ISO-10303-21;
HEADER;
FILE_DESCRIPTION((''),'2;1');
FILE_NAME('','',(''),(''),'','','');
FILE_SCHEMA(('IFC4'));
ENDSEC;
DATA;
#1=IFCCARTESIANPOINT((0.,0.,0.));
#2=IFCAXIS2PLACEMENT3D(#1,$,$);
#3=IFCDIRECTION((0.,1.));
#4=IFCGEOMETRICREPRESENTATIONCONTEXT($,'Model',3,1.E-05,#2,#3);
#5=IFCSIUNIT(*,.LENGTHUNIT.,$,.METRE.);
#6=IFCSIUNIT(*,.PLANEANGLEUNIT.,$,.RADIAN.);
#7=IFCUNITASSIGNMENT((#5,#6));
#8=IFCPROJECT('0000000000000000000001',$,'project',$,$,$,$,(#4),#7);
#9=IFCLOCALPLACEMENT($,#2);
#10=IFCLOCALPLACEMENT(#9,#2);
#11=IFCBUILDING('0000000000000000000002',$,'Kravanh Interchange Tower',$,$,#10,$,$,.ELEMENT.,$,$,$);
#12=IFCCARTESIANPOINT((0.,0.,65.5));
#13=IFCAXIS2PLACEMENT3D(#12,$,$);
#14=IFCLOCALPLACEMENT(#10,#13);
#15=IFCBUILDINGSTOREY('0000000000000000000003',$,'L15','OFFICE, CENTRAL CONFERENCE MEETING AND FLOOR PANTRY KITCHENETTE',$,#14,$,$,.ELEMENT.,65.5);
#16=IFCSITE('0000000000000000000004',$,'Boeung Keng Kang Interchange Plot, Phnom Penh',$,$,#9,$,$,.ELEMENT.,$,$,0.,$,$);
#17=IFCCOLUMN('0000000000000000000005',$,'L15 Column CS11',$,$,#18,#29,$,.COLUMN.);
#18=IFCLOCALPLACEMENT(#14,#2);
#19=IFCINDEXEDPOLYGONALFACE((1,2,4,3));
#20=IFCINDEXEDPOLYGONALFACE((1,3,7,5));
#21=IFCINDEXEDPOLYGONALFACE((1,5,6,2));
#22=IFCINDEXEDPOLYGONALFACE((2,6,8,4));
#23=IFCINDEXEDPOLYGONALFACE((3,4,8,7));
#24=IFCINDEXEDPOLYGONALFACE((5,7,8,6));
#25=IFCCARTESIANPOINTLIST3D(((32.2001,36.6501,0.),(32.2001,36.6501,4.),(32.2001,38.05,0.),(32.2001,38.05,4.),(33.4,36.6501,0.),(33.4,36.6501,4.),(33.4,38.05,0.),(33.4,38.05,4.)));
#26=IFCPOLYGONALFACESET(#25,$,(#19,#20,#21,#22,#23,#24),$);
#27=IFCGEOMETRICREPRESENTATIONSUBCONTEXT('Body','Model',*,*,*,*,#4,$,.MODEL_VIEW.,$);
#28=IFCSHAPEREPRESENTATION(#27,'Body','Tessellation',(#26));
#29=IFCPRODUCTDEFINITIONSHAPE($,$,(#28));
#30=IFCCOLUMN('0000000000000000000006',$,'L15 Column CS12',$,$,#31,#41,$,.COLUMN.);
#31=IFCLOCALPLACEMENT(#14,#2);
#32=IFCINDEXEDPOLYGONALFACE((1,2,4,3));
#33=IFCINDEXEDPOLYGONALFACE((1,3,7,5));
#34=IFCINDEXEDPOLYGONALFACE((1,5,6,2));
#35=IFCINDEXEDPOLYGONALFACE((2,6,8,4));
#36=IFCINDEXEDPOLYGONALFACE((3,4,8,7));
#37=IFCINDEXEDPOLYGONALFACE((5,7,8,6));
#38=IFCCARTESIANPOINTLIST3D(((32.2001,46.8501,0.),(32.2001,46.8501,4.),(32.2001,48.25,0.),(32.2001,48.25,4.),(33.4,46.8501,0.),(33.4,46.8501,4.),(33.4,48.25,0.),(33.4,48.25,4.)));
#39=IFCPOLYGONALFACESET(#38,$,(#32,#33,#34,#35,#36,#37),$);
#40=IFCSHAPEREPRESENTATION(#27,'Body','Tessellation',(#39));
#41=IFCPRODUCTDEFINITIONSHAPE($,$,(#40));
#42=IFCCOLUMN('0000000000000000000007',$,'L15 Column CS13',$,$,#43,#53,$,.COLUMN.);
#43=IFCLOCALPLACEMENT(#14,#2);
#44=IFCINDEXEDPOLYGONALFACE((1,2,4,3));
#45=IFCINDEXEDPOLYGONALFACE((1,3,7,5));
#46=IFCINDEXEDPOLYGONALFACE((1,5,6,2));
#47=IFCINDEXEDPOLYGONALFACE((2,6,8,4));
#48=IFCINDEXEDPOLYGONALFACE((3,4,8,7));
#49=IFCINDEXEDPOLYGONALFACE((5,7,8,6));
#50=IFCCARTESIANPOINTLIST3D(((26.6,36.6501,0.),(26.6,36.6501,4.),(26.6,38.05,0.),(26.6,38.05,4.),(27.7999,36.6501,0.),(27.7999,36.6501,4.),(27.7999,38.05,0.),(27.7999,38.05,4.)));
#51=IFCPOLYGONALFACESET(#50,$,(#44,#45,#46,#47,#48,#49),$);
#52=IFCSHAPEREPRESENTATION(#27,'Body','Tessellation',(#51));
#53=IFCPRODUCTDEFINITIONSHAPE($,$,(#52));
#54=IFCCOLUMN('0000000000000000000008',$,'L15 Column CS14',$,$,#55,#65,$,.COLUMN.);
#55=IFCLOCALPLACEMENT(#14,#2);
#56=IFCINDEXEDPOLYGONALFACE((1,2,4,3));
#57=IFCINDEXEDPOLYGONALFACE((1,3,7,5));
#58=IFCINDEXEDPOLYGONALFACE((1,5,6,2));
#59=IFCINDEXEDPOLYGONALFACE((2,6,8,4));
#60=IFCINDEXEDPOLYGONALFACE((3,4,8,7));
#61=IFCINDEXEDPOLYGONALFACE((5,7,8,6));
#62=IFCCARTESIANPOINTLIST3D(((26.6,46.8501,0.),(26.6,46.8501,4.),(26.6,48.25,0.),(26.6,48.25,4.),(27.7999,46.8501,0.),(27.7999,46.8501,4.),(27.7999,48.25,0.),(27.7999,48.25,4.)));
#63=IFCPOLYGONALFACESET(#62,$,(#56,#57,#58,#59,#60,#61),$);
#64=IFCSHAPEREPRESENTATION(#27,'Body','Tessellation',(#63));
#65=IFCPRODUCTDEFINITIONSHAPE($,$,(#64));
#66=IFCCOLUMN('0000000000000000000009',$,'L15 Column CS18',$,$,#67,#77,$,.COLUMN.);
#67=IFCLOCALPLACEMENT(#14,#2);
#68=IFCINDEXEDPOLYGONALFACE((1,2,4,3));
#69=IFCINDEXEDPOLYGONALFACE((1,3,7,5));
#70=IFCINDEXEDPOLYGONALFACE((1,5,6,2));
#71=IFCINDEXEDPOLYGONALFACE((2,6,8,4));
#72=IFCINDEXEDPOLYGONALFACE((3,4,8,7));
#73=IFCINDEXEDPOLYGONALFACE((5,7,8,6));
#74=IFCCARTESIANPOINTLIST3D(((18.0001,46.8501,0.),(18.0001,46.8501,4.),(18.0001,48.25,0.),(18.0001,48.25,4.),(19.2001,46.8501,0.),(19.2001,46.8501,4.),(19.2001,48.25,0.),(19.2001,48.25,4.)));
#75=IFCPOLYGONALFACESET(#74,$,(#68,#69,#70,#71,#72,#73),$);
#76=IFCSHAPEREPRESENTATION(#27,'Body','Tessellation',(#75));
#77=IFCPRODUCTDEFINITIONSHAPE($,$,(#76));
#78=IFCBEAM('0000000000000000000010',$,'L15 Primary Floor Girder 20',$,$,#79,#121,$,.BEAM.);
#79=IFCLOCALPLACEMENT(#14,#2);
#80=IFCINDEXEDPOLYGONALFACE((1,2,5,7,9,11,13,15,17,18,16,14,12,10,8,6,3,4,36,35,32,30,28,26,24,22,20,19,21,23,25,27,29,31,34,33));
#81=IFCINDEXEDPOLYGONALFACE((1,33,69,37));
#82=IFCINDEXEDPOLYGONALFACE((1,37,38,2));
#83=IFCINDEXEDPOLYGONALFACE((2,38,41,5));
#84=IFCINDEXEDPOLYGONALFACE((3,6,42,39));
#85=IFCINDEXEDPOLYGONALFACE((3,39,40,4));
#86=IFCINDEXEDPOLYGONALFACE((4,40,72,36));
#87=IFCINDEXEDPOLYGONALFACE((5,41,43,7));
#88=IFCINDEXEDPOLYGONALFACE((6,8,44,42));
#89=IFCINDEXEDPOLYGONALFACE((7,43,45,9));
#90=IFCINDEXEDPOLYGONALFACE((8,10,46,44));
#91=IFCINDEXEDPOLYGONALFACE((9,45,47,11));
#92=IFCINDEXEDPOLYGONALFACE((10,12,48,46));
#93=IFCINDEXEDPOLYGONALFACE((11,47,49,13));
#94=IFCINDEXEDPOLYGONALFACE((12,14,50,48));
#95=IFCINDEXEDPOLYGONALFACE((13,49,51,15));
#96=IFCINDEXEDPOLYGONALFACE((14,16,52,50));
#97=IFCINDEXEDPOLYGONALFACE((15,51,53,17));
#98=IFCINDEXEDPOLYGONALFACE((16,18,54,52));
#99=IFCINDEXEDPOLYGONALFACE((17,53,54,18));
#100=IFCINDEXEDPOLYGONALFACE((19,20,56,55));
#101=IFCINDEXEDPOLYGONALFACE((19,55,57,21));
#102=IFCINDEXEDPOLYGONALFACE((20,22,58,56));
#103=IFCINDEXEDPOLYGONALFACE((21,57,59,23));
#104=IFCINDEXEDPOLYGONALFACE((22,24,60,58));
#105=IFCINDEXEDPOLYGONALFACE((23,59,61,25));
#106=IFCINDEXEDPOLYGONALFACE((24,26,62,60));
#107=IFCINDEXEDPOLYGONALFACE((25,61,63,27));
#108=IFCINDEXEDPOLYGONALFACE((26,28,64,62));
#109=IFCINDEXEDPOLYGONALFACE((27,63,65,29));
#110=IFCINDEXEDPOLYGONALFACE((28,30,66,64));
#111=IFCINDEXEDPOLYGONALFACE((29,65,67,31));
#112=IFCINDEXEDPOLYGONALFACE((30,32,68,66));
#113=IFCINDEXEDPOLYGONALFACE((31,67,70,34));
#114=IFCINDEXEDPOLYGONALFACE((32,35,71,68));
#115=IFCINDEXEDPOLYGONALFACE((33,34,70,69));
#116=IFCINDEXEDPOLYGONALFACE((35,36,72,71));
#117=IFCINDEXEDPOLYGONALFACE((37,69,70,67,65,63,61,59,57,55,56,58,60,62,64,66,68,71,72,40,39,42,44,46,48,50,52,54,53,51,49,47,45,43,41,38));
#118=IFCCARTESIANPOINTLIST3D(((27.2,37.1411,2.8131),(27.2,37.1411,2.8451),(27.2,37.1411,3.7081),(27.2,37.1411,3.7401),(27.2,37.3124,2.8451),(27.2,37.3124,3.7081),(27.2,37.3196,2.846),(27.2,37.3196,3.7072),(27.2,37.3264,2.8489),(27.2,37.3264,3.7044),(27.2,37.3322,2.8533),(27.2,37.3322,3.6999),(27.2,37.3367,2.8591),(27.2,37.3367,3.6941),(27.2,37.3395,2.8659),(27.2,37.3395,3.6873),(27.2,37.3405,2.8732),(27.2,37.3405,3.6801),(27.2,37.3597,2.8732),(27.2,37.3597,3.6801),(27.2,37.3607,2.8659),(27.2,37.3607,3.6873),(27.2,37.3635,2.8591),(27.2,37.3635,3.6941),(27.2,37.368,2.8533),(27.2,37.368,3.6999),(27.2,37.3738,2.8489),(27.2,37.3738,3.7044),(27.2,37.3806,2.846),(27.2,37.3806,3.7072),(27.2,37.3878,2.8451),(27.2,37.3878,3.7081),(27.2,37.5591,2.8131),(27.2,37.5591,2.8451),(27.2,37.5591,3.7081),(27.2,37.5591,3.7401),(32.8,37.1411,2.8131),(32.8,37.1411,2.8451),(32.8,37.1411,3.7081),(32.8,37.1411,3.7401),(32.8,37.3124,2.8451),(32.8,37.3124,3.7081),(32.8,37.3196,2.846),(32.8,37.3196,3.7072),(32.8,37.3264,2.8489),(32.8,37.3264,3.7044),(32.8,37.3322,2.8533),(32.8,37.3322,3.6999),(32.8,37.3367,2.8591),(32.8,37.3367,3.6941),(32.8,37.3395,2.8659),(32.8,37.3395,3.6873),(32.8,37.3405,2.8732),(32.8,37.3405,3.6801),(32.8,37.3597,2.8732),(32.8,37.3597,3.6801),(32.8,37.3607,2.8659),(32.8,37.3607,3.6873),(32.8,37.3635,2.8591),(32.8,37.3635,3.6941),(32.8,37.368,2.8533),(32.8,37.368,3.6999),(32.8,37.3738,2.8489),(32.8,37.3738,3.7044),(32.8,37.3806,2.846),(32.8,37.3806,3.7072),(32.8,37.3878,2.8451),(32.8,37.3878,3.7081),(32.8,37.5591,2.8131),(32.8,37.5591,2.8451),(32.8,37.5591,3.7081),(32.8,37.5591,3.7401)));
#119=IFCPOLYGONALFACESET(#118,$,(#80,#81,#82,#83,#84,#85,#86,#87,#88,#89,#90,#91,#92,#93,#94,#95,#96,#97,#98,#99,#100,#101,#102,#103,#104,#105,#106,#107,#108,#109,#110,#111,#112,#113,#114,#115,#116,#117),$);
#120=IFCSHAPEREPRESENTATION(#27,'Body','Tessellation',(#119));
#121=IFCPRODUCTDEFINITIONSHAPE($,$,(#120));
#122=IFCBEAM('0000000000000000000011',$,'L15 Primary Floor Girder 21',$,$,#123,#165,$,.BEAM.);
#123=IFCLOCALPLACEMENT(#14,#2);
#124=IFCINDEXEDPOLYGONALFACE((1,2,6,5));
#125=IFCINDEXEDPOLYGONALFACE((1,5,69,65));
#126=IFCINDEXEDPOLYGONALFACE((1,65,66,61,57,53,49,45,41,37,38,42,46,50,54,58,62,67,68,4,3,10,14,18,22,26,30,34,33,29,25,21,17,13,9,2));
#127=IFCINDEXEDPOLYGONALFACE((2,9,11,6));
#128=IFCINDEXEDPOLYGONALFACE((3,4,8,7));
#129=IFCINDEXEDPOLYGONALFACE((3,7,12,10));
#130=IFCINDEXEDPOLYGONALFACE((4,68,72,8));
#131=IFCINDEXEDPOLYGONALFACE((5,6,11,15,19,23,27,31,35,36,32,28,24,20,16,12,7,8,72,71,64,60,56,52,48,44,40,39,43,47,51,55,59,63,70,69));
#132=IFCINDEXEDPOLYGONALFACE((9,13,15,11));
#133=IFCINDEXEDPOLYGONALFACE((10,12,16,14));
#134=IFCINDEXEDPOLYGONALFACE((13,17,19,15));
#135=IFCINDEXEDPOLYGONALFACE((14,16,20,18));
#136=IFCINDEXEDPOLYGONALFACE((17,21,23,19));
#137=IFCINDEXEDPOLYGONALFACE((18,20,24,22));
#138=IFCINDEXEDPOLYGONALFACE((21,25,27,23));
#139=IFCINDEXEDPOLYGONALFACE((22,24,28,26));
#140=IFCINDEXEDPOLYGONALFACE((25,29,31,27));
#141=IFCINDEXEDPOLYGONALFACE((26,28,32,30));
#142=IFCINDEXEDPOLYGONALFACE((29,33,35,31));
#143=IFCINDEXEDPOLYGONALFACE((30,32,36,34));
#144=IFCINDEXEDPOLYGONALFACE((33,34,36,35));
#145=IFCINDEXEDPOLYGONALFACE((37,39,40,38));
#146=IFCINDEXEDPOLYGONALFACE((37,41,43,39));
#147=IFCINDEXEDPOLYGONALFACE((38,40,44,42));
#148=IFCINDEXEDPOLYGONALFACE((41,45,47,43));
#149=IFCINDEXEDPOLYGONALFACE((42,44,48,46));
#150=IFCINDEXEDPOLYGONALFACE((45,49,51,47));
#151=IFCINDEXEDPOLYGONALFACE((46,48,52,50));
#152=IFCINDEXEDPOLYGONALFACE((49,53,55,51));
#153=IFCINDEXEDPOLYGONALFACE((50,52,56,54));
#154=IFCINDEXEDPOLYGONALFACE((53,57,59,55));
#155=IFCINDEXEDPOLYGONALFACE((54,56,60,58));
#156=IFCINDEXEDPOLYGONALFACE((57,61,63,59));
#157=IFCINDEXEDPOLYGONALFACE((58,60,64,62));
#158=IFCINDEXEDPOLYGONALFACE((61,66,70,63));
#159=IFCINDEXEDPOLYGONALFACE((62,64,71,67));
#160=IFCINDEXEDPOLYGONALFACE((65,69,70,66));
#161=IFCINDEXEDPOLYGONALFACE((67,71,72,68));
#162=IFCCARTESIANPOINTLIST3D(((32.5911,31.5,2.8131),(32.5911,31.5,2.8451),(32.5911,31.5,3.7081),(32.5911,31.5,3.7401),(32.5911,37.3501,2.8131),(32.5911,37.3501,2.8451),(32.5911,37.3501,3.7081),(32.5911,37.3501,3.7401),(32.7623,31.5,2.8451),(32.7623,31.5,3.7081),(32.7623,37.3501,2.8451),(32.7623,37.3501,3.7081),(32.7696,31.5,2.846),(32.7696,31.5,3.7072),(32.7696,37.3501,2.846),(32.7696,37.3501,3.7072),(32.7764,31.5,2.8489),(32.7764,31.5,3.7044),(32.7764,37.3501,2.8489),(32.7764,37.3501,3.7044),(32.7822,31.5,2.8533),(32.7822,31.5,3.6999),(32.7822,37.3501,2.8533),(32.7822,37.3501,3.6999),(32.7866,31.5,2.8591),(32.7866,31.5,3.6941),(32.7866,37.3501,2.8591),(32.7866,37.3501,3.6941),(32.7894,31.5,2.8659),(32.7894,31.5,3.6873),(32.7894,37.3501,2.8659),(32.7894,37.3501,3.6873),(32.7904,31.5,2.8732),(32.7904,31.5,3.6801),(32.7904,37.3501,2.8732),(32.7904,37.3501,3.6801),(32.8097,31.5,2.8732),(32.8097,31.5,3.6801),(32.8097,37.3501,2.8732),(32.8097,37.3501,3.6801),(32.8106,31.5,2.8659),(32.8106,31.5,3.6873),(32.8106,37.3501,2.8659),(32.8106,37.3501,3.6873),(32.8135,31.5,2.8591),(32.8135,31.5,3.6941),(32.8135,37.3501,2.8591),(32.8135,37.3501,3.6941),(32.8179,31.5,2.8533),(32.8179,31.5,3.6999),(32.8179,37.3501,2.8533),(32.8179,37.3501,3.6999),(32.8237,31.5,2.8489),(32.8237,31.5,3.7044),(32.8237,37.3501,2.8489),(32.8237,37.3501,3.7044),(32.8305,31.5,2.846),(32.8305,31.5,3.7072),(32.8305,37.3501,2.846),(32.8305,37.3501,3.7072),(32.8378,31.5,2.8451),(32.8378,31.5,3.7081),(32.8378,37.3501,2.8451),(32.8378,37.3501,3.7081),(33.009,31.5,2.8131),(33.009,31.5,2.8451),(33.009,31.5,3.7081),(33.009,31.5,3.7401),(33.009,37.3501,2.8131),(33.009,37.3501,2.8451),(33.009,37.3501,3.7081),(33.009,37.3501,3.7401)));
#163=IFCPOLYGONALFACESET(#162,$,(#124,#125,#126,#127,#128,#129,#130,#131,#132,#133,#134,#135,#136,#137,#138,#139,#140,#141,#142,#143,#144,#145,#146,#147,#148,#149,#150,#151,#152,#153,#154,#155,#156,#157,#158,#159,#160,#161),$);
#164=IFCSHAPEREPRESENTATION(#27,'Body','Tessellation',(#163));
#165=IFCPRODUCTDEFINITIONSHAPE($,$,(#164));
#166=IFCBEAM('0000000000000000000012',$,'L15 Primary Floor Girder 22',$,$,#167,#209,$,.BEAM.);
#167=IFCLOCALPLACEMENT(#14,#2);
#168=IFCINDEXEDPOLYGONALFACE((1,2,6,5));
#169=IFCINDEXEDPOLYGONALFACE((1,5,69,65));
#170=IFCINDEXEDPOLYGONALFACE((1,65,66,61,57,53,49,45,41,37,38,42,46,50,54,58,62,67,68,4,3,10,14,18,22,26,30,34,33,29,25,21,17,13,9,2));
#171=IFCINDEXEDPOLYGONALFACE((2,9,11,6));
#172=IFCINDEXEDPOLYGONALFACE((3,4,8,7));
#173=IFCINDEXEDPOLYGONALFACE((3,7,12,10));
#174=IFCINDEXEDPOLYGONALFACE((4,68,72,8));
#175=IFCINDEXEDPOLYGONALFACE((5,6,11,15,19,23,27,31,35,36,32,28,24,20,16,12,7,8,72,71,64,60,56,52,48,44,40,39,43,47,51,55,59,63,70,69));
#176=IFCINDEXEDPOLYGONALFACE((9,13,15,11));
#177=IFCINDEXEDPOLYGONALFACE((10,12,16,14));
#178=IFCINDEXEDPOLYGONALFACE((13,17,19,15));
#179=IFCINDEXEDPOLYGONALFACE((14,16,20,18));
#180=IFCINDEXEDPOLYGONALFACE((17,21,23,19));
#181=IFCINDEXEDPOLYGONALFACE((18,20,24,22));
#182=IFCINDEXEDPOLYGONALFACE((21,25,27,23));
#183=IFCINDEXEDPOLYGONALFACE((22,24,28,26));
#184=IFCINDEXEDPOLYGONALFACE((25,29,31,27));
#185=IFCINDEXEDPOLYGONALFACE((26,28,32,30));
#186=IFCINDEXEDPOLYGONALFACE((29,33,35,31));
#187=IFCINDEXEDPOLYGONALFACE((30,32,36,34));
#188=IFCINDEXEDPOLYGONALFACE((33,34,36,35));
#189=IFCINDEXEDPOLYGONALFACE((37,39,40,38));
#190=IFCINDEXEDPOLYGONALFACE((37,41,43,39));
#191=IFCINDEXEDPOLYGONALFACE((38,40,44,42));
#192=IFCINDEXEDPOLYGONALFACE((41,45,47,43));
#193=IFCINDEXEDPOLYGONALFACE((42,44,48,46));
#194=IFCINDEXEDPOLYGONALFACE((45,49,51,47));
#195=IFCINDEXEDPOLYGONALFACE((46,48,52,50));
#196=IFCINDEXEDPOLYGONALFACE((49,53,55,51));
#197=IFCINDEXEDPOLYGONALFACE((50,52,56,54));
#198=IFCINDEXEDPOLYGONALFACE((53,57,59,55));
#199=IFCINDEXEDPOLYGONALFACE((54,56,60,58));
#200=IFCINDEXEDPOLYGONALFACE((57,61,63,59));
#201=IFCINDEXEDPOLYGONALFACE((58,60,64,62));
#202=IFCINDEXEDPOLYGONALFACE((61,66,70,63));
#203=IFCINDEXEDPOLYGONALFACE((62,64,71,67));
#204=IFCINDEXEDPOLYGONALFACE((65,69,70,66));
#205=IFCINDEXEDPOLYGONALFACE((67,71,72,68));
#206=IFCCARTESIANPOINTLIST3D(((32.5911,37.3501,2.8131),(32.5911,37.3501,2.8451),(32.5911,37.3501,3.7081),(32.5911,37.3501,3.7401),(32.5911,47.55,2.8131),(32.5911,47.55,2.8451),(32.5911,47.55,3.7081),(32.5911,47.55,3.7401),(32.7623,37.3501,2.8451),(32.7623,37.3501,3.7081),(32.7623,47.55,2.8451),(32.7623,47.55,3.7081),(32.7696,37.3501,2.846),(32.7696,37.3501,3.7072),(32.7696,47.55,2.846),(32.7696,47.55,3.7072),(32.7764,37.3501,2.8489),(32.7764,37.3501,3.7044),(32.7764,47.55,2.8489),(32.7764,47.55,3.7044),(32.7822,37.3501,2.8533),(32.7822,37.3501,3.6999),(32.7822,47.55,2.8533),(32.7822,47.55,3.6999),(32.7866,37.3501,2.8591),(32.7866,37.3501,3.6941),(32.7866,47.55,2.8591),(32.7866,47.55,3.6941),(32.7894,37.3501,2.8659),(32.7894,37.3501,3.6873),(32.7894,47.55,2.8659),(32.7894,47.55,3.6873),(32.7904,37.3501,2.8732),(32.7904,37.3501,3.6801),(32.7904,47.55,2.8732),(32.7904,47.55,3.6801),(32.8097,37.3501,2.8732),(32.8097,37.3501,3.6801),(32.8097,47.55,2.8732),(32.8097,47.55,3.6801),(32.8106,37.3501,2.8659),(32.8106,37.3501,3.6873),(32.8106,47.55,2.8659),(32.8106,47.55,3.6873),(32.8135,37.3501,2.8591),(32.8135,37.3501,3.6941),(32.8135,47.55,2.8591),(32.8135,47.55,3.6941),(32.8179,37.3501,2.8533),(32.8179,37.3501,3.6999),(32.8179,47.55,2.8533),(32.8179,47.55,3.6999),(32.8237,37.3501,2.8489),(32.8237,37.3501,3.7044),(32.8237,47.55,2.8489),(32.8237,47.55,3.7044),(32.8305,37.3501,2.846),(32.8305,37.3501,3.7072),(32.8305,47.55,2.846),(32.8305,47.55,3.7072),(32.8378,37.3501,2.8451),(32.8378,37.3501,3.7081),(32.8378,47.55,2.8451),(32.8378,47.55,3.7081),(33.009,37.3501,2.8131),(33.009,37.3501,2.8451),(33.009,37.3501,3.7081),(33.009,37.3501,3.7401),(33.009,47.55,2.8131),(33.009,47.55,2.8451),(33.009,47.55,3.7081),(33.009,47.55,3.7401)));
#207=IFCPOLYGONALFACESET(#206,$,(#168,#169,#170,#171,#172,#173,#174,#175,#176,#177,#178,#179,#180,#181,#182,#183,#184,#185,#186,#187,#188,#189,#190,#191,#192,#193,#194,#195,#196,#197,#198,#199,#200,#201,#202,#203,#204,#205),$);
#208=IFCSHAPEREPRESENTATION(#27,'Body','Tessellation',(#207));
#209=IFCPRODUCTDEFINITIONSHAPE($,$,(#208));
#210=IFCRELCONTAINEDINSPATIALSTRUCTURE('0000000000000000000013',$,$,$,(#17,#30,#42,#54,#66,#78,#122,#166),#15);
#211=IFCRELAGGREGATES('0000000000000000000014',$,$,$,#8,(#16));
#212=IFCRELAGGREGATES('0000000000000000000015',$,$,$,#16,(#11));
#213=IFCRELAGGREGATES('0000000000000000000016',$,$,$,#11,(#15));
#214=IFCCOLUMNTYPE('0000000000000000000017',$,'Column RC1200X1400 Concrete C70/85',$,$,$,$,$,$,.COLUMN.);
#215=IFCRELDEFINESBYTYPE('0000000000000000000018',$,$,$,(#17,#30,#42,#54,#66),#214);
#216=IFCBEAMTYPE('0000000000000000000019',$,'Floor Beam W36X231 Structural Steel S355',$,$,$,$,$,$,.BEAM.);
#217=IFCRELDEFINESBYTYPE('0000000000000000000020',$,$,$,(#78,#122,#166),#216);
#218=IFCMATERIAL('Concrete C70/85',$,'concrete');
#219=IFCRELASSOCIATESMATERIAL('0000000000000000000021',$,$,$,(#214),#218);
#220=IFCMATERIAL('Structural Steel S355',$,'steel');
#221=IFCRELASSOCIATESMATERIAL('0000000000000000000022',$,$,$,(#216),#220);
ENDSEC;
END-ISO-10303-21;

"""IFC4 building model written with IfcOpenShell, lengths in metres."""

from ifc_helpers import new_model, si_unit, direction, frame, origin, origin_2d, place, context, subcontext, project, spatial, rectangle, i_section, extrude, material, material_profile, profile_set, type_object, element, save


model = new_model("IFC4")

# Units and contexts
model_context = context("Model", 3, precision=1e-05, world=origin(), true_north=direction((0.0, 1.0)))
body_context = subcontext(model_context, "Body", "Model", "MODEL_VIEW")
ifc_project = project(units=[si_unit("LENGTHUNIT", "METRE"), si_unit("PLANEANGLEUNIT", "RADIAN")], contexts=[model_context])

# Site, building, storey
site_placement = place(None, origin())
site = spatial("IfcSite", under=ifc_project, at=site_placement, Name="Boeung Keng Kang Interchange Plot, Phnom Penh", CompositionType="ELEMENT", RefElevation=0.0)
building_placement = place(site_placement, origin())
building = spatial("IfcBuilding", under=site, at=building_placement, Name="Kravanh Interchange Tower", CompositionType="ELEMENT")
storey_placement = place(building_placement, frame((0.0, 0.0, 65.5)))
storey = spatial("IfcBuildingStorey", under=building, at=storey_placement, Name="L15", Description="OFFICE, CENTRAL CONFERENCE MEETING AND FLOOR PANTRY KITCHENETTE", CompositionType="ELEMENT", Elevation=65.5)

# Columns
ifc_material_1 = material(Name="Concrete C70/85", Category="concrete")
ifc_material_profile_1 = material_profile(ifc_material_1, rectangle(XDim=1.2, YDim=1.3999, at=origin_2d()), Name="RC1200X1400")
ifc_profile_set_1 = profile_set([ifc_material_profile_1], Name="Concrete C70/85")
column_type = type_object("IfcColumnType", Name="Column RC1200X1400 Concrete C70/85", PredefinedType="COLUMN", material=ifc_profile_set_1)
for number, where, z_axis, x_axis, name in (
    (1, (32.8, 37.3501, 0.0), (0.0, 0.0, 1.0), (1.0, 0.0, 0.0), "L15 Column CS11"),
    (2, (32.8, 47.55, 0.0), (0.0, 0.0, 1.0), (1.0, 0.0, 0.0), "L15 Column CS12"),
    (3, (27.2, 37.3501, 0.0), (0.0, 0.0, 1.0), (1.0, 0.0, 0.0), "L15 Column CS13"),
    (4, (27.2, 47.55, 0.0), (0.0, 0.0, 1.0), (1.0, 0.0, 0.0), "L15 Column CS14"),
    (5, (18.6001, 47.55, 0.0), (0.0, 0.0, 1.0), (1.0, 0.0, 0.0), "L15 Column CS18"),
):
    element("IfcColumn", number, at=place(storey_placement, frame(where, z_axis=z_axis, x_axis=x_axis)), inside=storey, type_object=column_type, Name=name, PredefinedType="COLUMN", context=body_context, shape_type="SweptSolid", body=[
        extrude(rectangle(XDim=1.2, YDim=1.3999, at=origin_2d()), origin(), (0.0, 0.0, 1.0), 4.0),
    ])

# Beams
ifc_material_2 = material(Name="Structural Steel S355", Category="steel")
ifc_material_profile_2 = material_profile(ifc_material_2, i_section(OverallWidth=0.418, OverallDepth=0.927, WebThickness=0.0193, FlangeThickness=0.032, FilletRadius=0.0281, at=origin_2d()), Name="W36X231")
ifc_profile_set_2 = profile_set([ifc_material_profile_2], Name="Structural Steel S355")
beam_type = type_object("IfcBeamType", Name="Floor Beam W36X231 Structural Steel S355", PredefinedType="BEAM", material=ifc_profile_set_2)
beam_1_placement = place(storey_placement, frame((32.8, 37.3501, 3.2766), z_axis=(-1.0, 0.0, 0.0), x_axis=(0.0, -1.0, 0.0)))
element("IfcBeam", 6, at=beam_1_placement, inside=storey, type_object=beam_type, Name="L15 Primary Floor Girder 20", PredefinedType="BEAM", context=body_context, shape_type="SweptSolid", body=[
    extrude(i_section(OverallWidth=0.418, OverallDepth=0.927, WebThickness=0.0193, FlangeThickness=0.032, FilletRadius=0.0281, at=origin_2d()), origin(), (0.0, 0.0, 1.0), 5.6001),
])
beam_2_placement = place(storey_placement, frame((32.8, 37.3501, 3.2766), z_axis=(0.0, -1.0, 0.0), x_axis=(1.0, 0.0, 0.0)))
element("IfcBeam", 7, at=beam_2_placement, inside=storey, type_object=beam_type, Name="L15 Primary Floor Girder 21", PredefinedType="BEAM", context=body_context, shape_type="SweptSolid", body=[
    extrude(i_section(OverallWidth=0.418, OverallDepth=0.927, WebThickness=0.0193, FlangeThickness=0.032, FilletRadius=0.0281, at=origin_2d()), origin(), (0.0, 0.0, 1.0), 5.8501),
])
beam_3_placement = place(storey_placement, frame((32.8, 37.3501, 3.2766), z_axis=(0.0, 1.0, 0.0), x_axis=(-1.0, 0.0, 0.0)))
element("IfcBeam", 8, at=beam_3_placement, inside=storey, type_object=beam_type, Name="L15 Primary Floor Girder 22", PredefinedType="BEAM", context=body_context, shape_type="SweptSolid", body=[
    extrude(i_section(OverallWidth=0.418, OverallDepth=0.927, WebThickness=0.0193, FlangeThickness=0.032, FilletRadius=0.0281, at=origin_2d()), origin(), (0.0, 0.0, 1.0), 10.2),
])

save(model, "model.ifc")
